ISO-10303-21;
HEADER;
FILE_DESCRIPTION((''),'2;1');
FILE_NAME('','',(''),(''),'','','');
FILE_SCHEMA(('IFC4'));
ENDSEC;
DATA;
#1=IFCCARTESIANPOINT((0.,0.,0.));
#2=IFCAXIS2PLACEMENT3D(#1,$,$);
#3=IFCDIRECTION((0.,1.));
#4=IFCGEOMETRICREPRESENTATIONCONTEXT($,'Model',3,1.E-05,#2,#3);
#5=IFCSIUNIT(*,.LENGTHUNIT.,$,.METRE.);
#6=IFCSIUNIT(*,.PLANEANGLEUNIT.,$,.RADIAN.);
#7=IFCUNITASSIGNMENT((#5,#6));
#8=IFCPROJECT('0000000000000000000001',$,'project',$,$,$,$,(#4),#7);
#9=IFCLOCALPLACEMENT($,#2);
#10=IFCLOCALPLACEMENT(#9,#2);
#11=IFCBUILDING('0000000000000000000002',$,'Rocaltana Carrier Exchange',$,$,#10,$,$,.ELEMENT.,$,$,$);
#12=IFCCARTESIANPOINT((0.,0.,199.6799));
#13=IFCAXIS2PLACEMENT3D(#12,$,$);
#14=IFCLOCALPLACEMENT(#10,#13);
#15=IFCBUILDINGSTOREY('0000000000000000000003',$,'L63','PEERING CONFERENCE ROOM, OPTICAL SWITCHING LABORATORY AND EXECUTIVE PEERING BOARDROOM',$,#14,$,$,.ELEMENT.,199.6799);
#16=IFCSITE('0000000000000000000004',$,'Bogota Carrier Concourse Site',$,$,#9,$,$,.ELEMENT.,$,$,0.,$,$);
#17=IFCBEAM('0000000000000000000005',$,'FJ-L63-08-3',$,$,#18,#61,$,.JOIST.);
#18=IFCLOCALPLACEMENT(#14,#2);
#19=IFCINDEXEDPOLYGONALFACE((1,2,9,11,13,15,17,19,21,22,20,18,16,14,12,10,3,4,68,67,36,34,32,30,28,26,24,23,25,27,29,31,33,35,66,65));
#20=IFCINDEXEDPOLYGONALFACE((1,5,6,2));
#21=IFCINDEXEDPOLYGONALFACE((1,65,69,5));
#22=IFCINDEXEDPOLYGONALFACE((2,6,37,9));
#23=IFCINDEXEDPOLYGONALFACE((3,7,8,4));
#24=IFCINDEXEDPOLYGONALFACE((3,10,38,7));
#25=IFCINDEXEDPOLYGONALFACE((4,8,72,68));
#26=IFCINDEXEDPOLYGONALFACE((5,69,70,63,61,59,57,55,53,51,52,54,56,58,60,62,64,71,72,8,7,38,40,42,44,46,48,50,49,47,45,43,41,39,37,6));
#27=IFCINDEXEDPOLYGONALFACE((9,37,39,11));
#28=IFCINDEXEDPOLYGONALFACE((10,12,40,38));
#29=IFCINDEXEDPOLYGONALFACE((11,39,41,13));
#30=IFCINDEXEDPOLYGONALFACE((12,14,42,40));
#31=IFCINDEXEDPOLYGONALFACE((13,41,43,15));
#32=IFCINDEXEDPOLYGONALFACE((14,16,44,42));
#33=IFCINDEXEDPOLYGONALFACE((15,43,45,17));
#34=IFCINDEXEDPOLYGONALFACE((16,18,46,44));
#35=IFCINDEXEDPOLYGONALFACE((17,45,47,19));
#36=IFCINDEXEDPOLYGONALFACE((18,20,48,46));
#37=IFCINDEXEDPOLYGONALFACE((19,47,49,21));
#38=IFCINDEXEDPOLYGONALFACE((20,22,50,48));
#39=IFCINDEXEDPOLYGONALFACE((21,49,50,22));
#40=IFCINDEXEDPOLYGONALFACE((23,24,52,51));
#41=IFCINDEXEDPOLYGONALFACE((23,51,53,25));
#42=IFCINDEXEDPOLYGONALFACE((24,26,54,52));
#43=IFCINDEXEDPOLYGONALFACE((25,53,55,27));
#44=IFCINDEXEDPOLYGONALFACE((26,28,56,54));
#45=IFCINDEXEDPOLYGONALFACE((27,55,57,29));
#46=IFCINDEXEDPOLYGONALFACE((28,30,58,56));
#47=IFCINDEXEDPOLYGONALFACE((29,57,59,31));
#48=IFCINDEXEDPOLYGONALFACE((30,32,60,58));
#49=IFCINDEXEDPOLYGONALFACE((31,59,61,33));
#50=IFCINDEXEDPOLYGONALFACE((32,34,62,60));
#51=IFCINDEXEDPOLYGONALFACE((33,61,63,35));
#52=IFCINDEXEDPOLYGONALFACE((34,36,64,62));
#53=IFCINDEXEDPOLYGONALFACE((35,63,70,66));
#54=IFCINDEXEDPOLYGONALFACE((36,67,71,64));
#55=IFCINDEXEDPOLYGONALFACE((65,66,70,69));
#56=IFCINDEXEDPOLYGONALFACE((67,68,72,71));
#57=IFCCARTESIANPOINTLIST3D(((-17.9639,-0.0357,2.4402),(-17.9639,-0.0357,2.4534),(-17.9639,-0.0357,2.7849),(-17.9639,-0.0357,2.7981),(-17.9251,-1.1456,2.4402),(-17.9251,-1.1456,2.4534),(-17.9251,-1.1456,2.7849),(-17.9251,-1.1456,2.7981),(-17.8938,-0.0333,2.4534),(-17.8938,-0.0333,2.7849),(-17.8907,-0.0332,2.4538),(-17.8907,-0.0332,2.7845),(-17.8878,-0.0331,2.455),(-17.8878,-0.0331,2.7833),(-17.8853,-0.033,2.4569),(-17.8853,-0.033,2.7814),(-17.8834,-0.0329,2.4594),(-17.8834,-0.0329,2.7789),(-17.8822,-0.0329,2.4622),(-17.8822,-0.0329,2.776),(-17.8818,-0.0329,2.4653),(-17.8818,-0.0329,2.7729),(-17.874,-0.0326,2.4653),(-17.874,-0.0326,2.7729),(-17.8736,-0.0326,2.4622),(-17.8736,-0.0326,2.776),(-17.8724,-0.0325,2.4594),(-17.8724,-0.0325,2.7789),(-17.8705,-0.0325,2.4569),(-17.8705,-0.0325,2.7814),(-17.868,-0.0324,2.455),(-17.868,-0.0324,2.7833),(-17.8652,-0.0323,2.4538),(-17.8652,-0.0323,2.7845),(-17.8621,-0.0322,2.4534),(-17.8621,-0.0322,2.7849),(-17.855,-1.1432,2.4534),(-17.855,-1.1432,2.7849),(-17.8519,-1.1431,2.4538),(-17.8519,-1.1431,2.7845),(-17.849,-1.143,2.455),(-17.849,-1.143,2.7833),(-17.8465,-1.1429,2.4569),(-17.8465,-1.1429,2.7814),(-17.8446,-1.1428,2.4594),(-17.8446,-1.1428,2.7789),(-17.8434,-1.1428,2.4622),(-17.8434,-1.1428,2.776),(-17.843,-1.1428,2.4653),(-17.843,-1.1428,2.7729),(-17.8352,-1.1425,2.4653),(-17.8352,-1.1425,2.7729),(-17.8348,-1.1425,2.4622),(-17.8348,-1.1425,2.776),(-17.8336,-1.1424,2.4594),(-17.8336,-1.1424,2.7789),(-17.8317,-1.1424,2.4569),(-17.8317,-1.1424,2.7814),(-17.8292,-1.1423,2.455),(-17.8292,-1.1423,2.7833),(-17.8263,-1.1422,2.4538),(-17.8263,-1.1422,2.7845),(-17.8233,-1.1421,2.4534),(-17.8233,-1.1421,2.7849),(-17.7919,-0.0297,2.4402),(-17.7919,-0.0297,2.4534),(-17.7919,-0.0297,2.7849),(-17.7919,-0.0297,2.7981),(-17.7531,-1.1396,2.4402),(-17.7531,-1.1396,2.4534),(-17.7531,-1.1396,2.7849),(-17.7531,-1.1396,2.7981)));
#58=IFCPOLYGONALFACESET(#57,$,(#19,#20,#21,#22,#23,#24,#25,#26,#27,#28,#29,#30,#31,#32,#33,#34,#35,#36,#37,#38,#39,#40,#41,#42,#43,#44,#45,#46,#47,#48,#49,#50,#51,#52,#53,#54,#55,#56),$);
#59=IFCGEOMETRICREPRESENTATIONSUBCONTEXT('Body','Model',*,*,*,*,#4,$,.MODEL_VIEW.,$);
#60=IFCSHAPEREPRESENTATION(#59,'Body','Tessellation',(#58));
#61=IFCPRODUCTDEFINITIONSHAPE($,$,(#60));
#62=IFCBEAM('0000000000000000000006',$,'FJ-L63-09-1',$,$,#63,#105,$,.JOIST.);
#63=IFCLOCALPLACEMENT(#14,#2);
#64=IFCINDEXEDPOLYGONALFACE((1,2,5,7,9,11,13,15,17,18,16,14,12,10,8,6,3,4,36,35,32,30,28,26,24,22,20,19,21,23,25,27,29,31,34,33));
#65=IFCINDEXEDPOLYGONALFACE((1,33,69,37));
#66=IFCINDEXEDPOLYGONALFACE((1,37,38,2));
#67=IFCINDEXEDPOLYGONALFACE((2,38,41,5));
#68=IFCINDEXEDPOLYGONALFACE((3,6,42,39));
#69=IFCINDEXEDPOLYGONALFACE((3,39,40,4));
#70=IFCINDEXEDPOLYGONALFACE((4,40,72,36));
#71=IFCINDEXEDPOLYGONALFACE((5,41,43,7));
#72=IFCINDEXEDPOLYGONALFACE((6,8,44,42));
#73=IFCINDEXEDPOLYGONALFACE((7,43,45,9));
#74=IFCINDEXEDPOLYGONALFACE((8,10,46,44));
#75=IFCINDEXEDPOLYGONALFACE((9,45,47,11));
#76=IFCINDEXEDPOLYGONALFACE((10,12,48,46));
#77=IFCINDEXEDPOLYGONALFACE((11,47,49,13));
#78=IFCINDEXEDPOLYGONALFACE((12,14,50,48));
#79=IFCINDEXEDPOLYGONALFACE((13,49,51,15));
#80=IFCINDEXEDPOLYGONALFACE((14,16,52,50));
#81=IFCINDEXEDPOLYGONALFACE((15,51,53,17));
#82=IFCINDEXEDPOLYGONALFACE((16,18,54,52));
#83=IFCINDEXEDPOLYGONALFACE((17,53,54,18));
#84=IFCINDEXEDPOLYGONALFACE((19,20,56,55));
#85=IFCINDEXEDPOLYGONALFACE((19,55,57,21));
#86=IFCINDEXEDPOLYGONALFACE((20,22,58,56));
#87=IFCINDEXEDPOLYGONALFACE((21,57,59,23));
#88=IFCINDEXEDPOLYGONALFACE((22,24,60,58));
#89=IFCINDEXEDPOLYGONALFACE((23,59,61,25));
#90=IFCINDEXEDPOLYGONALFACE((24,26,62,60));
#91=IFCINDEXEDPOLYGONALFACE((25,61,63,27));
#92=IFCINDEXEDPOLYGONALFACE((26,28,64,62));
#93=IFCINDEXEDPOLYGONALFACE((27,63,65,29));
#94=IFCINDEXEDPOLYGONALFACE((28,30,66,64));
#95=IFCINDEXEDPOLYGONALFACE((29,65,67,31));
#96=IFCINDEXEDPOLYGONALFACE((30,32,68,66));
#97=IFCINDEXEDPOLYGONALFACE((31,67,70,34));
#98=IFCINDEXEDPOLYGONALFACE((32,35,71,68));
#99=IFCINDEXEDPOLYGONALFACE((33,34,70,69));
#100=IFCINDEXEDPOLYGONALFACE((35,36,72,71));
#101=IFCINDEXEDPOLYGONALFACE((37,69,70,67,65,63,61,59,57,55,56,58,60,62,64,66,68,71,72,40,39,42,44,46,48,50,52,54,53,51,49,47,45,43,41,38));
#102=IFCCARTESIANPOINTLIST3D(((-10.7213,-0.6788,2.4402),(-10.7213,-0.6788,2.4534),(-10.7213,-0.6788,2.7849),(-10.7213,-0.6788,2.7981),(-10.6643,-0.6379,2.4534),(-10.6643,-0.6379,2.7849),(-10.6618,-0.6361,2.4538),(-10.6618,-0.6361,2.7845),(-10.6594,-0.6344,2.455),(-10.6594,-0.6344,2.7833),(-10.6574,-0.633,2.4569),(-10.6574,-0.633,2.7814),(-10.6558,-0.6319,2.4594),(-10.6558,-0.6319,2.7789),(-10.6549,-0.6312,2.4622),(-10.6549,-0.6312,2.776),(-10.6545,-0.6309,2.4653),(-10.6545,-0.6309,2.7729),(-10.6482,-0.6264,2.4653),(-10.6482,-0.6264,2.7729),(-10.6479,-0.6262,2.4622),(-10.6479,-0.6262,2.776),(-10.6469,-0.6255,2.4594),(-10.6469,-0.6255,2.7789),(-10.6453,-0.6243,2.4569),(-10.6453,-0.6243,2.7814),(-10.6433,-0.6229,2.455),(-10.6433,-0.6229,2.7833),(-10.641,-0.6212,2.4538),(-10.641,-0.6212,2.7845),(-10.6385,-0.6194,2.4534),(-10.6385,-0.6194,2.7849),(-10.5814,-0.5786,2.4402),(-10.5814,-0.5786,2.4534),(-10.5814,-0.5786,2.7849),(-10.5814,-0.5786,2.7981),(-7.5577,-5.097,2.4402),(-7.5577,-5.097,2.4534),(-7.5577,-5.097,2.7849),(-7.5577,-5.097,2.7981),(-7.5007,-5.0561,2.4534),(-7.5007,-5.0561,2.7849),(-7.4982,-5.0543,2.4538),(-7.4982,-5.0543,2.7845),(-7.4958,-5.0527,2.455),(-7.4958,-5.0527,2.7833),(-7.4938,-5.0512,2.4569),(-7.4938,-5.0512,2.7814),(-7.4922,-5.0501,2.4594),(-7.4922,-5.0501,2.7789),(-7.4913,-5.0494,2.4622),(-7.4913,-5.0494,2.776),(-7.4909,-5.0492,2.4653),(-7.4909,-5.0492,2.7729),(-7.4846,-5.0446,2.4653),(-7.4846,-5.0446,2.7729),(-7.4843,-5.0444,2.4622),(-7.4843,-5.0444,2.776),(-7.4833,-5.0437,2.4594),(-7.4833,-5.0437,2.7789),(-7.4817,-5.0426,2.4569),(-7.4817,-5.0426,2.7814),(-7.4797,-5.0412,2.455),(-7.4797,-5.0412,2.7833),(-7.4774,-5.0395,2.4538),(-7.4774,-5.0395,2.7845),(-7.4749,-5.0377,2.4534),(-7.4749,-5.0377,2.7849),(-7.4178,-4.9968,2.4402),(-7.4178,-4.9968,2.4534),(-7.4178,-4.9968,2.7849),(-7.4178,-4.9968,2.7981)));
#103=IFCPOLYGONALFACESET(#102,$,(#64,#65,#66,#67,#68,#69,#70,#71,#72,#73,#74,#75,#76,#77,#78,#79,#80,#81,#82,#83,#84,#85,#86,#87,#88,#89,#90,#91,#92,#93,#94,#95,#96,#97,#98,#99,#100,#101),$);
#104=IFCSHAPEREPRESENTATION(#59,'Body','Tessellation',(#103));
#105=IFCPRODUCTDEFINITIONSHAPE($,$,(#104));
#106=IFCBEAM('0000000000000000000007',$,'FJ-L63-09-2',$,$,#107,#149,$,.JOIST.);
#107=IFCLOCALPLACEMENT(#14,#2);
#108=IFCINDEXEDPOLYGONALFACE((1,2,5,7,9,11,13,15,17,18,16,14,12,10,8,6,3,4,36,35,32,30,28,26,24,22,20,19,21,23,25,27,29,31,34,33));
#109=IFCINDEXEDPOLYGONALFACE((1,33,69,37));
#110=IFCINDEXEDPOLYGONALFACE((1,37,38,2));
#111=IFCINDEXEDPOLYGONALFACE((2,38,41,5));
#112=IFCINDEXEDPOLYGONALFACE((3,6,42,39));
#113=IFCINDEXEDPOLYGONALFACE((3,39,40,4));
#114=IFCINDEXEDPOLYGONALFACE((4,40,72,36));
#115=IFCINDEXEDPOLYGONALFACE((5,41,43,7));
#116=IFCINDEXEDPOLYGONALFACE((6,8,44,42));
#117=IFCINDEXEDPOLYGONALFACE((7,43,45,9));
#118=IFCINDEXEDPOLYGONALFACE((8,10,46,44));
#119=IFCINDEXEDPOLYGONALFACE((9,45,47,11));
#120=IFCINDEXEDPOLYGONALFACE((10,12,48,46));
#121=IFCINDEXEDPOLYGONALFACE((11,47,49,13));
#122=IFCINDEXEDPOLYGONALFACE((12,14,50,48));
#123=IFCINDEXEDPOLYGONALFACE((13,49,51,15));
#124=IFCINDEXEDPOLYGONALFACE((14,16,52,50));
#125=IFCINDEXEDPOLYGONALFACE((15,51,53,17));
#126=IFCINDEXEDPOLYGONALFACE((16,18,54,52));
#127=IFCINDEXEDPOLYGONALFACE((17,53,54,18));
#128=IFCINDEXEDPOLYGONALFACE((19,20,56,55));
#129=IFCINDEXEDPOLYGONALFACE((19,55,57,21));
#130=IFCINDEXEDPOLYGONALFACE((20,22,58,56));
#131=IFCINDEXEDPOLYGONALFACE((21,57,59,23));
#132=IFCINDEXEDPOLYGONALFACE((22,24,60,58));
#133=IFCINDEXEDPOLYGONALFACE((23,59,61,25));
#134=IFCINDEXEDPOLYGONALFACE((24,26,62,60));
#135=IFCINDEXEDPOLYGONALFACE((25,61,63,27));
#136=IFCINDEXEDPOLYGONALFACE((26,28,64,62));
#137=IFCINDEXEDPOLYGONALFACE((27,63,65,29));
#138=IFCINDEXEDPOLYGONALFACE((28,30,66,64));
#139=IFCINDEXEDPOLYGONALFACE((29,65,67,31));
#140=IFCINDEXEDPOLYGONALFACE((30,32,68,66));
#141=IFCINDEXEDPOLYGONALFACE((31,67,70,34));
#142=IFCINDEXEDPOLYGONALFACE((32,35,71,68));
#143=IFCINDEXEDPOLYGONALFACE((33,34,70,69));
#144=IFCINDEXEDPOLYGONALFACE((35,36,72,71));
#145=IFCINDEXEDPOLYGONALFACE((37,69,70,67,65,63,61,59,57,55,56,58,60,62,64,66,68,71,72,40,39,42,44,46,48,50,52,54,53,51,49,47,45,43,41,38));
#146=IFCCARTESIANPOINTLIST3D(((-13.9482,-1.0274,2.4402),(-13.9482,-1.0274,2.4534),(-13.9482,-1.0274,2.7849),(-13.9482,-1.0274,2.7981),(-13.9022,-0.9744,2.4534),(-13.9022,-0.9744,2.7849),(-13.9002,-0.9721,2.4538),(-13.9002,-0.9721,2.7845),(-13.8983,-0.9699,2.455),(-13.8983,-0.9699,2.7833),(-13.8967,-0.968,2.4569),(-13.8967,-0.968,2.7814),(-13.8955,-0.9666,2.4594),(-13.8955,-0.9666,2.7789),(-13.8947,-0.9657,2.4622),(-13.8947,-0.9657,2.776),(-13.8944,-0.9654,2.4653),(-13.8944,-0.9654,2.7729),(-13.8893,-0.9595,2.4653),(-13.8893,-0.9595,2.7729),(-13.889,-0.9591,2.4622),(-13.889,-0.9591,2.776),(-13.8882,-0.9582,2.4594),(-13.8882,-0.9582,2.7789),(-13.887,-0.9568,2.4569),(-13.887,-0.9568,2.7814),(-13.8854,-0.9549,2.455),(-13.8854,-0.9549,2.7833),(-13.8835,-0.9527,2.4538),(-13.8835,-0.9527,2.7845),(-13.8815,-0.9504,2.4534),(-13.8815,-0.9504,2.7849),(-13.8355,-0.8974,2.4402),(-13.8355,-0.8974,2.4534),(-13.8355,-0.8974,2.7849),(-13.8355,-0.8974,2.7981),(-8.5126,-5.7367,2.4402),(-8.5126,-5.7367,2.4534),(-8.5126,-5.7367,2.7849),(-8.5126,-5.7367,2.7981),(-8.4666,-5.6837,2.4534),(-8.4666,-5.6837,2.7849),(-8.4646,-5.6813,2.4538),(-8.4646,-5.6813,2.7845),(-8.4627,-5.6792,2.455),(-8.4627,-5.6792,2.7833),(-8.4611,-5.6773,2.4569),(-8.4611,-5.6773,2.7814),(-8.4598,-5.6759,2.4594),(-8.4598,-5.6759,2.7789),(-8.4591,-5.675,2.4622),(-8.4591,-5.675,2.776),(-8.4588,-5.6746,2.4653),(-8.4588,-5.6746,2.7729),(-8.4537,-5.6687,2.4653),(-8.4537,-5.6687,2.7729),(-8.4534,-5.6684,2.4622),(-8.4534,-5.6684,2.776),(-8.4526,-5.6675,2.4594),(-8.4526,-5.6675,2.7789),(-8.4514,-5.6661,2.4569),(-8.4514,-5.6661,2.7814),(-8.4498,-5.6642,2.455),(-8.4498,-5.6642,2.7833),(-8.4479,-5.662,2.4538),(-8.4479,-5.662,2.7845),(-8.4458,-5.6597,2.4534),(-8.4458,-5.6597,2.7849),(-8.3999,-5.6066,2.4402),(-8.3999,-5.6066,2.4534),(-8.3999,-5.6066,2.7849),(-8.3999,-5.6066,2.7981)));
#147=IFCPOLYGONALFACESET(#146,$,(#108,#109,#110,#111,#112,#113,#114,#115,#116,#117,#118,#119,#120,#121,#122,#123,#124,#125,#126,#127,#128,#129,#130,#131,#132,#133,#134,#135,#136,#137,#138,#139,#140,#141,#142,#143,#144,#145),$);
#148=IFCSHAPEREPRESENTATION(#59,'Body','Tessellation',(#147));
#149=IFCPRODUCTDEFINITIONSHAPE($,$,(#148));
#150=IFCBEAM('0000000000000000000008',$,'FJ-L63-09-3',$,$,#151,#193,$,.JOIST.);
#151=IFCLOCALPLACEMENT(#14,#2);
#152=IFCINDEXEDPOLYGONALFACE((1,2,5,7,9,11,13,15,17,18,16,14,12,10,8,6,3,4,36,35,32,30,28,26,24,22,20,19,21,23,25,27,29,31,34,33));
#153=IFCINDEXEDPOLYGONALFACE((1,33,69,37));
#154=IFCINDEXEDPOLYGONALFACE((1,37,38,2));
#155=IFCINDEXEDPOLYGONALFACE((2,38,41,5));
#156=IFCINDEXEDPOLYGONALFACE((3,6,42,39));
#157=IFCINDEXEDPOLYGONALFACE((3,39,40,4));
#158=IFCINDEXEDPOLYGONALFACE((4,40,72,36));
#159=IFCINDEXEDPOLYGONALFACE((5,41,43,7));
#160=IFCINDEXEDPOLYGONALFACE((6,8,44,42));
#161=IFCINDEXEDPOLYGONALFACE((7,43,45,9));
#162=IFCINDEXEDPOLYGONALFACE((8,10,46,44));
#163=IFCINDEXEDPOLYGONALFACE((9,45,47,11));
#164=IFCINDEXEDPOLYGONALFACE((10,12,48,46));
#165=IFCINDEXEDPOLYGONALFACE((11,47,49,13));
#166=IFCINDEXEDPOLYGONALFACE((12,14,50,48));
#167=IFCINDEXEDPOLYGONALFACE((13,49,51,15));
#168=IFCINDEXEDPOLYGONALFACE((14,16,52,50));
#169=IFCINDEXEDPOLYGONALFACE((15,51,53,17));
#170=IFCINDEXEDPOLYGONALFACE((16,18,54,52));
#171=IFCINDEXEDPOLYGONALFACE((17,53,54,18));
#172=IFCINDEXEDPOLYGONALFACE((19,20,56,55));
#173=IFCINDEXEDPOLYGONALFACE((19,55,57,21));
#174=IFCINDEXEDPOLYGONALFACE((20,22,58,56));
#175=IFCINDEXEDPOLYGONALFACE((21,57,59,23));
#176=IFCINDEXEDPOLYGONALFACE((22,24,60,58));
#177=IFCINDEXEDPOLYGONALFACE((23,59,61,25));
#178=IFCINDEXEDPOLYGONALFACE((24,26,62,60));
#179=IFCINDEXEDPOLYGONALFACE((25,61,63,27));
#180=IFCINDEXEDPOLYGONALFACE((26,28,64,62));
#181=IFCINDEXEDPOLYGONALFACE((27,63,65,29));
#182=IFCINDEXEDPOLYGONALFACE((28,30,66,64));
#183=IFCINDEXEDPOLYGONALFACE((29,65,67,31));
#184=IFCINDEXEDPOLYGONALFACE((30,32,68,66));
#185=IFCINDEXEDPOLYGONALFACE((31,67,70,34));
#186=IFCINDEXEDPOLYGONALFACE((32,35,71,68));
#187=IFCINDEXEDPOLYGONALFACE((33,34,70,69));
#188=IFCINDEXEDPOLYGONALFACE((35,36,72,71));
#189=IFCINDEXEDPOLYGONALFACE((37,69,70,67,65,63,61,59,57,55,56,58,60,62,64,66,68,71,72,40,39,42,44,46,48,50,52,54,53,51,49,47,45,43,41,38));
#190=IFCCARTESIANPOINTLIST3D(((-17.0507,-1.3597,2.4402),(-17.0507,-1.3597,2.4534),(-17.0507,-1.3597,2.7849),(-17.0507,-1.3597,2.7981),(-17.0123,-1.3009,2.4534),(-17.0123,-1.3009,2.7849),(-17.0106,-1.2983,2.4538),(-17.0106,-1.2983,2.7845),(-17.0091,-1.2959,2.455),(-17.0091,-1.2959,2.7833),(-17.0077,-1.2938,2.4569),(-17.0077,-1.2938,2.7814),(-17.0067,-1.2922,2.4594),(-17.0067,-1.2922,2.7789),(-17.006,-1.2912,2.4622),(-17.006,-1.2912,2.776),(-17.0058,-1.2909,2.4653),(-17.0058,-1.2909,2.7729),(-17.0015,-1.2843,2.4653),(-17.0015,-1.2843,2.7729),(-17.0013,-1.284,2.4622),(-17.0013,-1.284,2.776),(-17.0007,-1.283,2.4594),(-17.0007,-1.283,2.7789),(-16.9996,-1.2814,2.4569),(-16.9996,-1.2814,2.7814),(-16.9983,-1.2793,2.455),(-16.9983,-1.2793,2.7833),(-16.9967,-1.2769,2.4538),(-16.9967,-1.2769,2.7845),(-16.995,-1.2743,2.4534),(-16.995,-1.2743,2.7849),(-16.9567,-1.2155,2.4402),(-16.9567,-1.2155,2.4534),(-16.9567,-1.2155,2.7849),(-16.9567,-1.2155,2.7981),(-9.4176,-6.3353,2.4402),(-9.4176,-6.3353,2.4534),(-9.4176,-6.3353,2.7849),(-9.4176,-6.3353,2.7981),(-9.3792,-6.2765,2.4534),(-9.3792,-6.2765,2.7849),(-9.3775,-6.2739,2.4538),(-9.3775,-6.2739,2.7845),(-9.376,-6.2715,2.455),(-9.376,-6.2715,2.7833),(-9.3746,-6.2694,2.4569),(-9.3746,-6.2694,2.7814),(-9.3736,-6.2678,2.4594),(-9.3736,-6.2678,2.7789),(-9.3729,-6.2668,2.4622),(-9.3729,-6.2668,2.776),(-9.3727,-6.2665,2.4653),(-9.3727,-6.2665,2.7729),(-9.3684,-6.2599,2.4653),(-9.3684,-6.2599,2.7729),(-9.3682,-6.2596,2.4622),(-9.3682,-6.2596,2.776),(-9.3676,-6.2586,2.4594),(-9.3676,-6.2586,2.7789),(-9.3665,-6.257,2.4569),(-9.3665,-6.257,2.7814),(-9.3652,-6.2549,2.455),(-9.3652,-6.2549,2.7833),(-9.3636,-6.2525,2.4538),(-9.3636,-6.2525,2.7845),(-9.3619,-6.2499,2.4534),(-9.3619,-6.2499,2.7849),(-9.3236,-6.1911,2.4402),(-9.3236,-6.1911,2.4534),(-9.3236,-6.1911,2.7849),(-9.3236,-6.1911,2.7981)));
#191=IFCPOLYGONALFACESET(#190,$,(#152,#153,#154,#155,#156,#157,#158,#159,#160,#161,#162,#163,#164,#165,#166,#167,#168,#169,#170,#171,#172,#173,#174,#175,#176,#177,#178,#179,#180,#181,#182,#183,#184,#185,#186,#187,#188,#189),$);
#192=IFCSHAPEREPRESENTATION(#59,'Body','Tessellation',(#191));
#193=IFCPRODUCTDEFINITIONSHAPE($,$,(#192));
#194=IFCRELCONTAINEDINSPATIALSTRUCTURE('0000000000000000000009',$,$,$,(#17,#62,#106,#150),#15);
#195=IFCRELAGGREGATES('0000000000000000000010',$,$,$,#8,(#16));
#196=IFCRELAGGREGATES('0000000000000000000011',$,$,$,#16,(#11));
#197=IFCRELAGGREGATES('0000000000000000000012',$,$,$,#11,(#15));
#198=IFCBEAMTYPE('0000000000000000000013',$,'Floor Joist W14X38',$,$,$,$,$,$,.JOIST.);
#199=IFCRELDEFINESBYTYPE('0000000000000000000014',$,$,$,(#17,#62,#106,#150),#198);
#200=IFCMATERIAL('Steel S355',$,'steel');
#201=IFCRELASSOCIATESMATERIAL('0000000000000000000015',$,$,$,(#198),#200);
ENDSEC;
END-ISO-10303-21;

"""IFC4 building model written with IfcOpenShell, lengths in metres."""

from ifc_helpers import new_model, si_unit, direction, frame, origin, origin_2d, place, context, subcontext, project, spatial, i_section, extrude, material, material_profile, profile_set, type_object, element, save


model = new_model("IFC4")

# Units and contexts
model_context = context("Model", 3, precision=1e-05, world=origin(), true_north=direction((0.0, 1.0)))
body_context = subcontext(model_context, "Body", "Model", "MODEL_VIEW")
ifc_project = project(units=[si_unit("LENGTHUNIT", "METRE"), si_unit("PLANEANGLEUNIT", "RADIAN")], contexts=[model_context])

# Site, building, storey
site_placement = place(None, origin())
site = spatial("IfcSite", under=ifc_project, at=site_placement, Name="Bogota Carrier Concourse Site", CompositionType="ELEMENT", RefElevation=0.0)
building_placement = place(site_placement, origin())
building = spatial("IfcBuilding", under=site, at=building_placement, Name="Rocaltana Carrier Exchange", CompositionType="ELEMENT")
storey_placement = place(building_placement, frame((0.0, 0.0, 199.6799)))
storey = spatial("IfcBuildingStorey", under=building, at=storey_placement, Name="L63", Description="PEERING CONFERENCE ROOM, OPTICAL SWITCHING LABORATORY AND EXECUTIVE PEERING BOARDROOM", CompositionType="ELEMENT", Elevation=199.6799)

# Beams
ifc_material_1 = material(Name="Steel S355", Category="steel")
ifc_material_profile_1 = material_profile(ifc_material_1, i_section(OverallWidth=0.1721, OverallDepth=0.3579, WebThickness=0.0078, FlangeThickness=0.0132, FilletRadius=0.012, at=origin_2d()), Name="W14X38")
ifc_profile_set_1 = profile_set([ifc_material_profile_1], Name="Steel S355")
beam_type_1 = type_object("IfcBeamType", Name="Floor Joist W14X38", PredefinedType="JOIST", material=ifc_profile_set_1)
beam_1_placement = place(storey_placement, frame((-17.8779, -0.0327, 2.6191), z_axis=(0.034954, -0.999389, 0.0), x_axis=(0.999389, 0.034954, 0.0)))
element("IfcBeam", 1, at=beam_1_placement, inside=storey, type_object=beam_type_1, Name="FJ-L63-08-3", PredefinedType="JOIST", context=body_context, shape_type="SweptSolid", body=[
    extrude(i_section(OverallWidth=0.1721, OverallDepth=0.3579, WebThickness=0.0078, FlangeThickness=0.0132, FilletRadius=0.012, at=origin_2d()), origin(), (0.0, 0.0, 1.0), 1.1106),
])
beam_2_placement = place(storey_placement, frame((-10.6514, -0.6287, 2.6191), z_axis=(0.582177, -0.813062, 0.0), x_axis=(0.813062, 0.582177, 0.0)))
element("IfcBeam", 2, at=beam_2_placement, inside=storey, type_object=beam_type_1, Name="FJ-L63-09-1", PredefinedType="JOIST", context=body_context, shape_type="SweptSolid", body=[
    extrude(i_section(OverallWidth=0.1721, OverallDepth=0.3579, WebThickness=0.0078, FlangeThickness=0.0132, FilletRadius=0.012, at=origin_2d()), origin(), (0.0, 0.0, 1.0), 5.4341),
])
beam_3_placement = place(storey_placement, frame((-13.8918, -0.9624, 2.6191), z_axis=(0.755798, -0.654805, 0.0), x_axis=(0.654805, 0.755798, 0.0)))
element("IfcBeam", 3, at=beam_3_placement, inside=storey, type_object=beam_type_1, Name="FJ-L63-09-2", PredefinedType="JOIST", context=body_context, shape_type="SweptSolid", body=[
    extrude(i_section(OverallWidth=0.1721, OverallDepth=0.3579, WebThickness=0.0078, FlangeThickness=0.0132, FilletRadius=0.012, at=origin_2d()), origin(), (0.0, 0.0, 1.0), 7.1919),
])
beam_4_placement = place(storey_placement, frame((-17.0037, -1.2876, 2.6191), z_axis=(0.837736, -0.546076, 0.0), x_axis=(0.546076, 0.837736, 0.0)))
element("IfcBeam", 4, at=beam_4_placement, inside=storey, type_object=beam_type_1, Name="FJ-L63-09-3", PredefinedType="JOIST", context=body_context, shape_type="SweptSolid", body=[
    extrude(i_section(OverallWidth=0.1721, OverallDepth=0.3579, WebThickness=0.0078, FlangeThickness=0.0132, FilletRadius=0.012, at=origin_2d()), origin(), (0.0, 0.0, 1.0), 9.1116),
])

save(model, "model.ifc")
